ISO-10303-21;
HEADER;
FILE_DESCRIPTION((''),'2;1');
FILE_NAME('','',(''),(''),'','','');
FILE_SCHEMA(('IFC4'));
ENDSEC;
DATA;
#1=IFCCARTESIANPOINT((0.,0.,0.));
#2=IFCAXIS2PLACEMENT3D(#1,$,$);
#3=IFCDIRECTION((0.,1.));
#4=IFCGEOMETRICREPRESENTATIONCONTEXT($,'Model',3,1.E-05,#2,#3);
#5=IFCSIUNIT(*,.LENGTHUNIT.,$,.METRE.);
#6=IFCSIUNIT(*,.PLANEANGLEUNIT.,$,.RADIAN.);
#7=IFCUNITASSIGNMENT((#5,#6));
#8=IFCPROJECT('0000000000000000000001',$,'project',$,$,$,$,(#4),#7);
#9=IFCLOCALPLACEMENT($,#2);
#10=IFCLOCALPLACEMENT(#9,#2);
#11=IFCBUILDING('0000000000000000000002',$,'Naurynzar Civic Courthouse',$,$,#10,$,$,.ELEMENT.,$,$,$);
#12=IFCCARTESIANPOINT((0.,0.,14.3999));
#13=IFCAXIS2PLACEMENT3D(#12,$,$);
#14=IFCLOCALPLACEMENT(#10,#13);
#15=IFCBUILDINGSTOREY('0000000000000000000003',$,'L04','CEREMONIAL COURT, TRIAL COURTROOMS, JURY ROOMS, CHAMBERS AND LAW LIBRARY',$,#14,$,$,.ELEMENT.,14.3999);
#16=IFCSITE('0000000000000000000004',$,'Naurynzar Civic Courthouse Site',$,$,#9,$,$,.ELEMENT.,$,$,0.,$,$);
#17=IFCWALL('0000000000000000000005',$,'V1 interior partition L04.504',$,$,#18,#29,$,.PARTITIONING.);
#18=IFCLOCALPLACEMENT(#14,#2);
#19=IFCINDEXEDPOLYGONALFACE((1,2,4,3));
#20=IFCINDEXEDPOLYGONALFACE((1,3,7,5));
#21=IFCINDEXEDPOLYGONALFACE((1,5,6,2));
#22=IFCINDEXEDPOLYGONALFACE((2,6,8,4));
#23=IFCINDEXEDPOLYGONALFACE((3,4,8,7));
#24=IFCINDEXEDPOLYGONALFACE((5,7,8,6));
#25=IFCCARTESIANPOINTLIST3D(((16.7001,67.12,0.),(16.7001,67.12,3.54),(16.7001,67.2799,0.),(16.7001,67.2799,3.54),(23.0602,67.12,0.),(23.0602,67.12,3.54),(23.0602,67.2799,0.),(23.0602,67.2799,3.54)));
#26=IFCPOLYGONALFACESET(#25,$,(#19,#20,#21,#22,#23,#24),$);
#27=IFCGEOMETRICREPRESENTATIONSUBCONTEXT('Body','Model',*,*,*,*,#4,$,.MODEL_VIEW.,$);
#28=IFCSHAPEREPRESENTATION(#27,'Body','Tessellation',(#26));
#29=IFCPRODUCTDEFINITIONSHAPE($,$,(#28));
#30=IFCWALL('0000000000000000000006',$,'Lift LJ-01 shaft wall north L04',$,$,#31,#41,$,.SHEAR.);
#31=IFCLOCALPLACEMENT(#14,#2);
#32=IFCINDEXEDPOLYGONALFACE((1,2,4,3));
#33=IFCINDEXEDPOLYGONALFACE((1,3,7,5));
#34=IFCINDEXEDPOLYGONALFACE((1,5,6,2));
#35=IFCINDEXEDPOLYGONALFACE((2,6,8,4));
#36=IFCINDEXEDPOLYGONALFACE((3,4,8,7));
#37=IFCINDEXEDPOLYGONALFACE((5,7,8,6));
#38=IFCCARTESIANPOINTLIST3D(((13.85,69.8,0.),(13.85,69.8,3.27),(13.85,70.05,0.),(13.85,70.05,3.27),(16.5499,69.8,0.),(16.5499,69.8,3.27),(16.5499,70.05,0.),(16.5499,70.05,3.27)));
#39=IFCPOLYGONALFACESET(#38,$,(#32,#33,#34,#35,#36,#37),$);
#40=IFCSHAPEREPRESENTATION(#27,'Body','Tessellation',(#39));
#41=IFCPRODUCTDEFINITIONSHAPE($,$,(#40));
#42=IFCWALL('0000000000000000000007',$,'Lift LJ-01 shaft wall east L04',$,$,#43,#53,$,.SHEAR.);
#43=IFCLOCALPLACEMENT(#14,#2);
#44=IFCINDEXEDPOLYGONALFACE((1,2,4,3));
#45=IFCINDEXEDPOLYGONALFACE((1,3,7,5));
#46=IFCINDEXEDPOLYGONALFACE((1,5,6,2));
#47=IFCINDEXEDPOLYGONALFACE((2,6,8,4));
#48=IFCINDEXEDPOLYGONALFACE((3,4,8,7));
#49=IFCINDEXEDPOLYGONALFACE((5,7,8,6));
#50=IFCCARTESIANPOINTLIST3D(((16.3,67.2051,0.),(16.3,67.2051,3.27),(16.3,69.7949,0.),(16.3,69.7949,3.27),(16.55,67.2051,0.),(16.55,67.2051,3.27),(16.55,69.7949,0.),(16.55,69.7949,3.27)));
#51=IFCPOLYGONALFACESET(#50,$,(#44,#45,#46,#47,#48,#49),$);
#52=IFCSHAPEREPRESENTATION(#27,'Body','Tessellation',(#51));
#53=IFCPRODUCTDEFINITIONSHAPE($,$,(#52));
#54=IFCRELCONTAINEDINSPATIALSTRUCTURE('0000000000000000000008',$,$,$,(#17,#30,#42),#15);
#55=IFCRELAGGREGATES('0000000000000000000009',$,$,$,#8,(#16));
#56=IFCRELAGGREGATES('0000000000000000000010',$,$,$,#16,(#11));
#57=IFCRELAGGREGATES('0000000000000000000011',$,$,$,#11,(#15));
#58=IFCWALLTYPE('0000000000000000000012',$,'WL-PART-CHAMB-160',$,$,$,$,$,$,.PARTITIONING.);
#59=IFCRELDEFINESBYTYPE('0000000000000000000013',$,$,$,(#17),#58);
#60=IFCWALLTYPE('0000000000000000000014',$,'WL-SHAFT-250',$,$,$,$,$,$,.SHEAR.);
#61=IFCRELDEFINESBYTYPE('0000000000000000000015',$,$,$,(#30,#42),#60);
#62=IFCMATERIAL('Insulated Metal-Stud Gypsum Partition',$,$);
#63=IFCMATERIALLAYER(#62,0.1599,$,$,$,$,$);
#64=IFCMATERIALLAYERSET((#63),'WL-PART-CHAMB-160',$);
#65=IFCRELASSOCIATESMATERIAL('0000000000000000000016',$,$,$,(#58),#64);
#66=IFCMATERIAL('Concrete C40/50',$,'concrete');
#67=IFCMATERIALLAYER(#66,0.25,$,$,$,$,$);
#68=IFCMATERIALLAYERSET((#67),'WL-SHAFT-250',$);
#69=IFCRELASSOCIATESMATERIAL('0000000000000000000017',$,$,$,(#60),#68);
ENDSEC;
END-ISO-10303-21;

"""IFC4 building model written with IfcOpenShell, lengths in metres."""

from ifc_helpers import new_model, si_unit, direction, frame, frame_2d, origin, place, context, subcontext, project, spatial, rectangle, extrude, material, layer, layer_set, type_object, element, save


model = new_model("IFC4")

# Units and contexts
model_context = context("Model", 3, precision=1e-05, world=origin(), true_north=direction((0.0, 1.0)))
body_context = subcontext(model_context, "Body", "Model", "MODEL_VIEW")
ifc_project = project(units=[si_unit("LENGTHUNIT", "METRE"), si_unit("PLANEANGLEUNIT", "RADIAN")], contexts=[model_context])

# Site, building, storey
site_placement = place(None, origin())
site = spatial("IfcSite", under=ifc_project, at=site_placement, Name="Naurynzar Civic Courthouse Site", CompositionType="ELEMENT", RefElevation=0.0)
building_placement = place(site_placement, origin())
building = spatial("IfcBuilding", under=site, at=building_placement, Name="Naurynzar Civic Courthouse", CompositionType="ELEMENT")
storey_placement = place(building_placement, frame((0.0, 0.0, 14.3999)))
storey = spatial("IfcBuildingStorey", under=building, at=storey_placement, Name="L04", Description="CEREMONIAL COURT, TRIAL COURTROOMS, JURY ROOMS, CHAMBERS AND LAW LIBRARY", CompositionType="ELEMENT", Elevation=14.3999)

# Walls
ifc_material_1 = material(Name="Insulated Metal-Stud Gypsum Partition")
ifc_layer_1 = layer(ifc_material_1, 0.1599)
ifc_layer_set_1 = layer_set([ifc_layer_1], Name="WL-PART-CHAMB-160")
wall_type_1 = type_object("IfcWallType", Name="WL-PART-CHAMB-160", PredefinedType="PARTITIONING", material=ifc_layer_set_1)
wall_1_placement = place(storey_placement, frame((16.7, 67.2, 0.0), z_axis=(0.0, 0.0, 1.0), x_axis=(1.0, 0.0, 0.0)))
element("IfcWall", 1, at=wall_1_placement, inside=storey, type_object=wall_type_1, Name="V1 interior partition L04.504", PredefinedType="PARTITIONING", context=body_context, shape_type="SweptSolid", body=[
    extrude(rectangle(XDim=6.3601, YDim=0.1599, at=frame_2d((3.1802, 0.0))), origin(), (0.0, 0.0, 1.0), 3.54),
])
ifc_material_2 = material(Name="Concrete C40/50", Category="concrete")
ifc_layer_2 = layer(ifc_material_2, 0.25)
ifc_layer_set_2 = layer_set([ifc_layer_2], Name="WL-SHAFT-250")
wall_type_2 = type_object("IfcWallType", Name="WL-SHAFT-250", PredefinedType="SHEAR", material=ifc_layer_set_2)
wall_2_placement = place(storey_placement, frame((16.55, 69.925, 0.0), z_axis=(0.0, 0.0, 1.0), x_axis=(-1.0, 0.0, 0.0)))
element("IfcWall", 2, at=wall_2_placement, inside=storey, type_object=wall_type_2, Name="Lift LJ-01 shaft wall north L04", PredefinedType="SHEAR", context=body_context, shape_type="SweptSolid", body=[
    extrude(rectangle(XDim=2.7, YDim=0.25, at=frame_2d((1.3501, 0.0))), origin(), (0.0, 0.0, 1.0), 3.27),
])
wall_3_placement = place(storey_placement, frame((16.425, 67.2051, 0.0), z_axis=(0.0, 0.0, 1.0), x_axis=(0.0, 1.0, 0.0)))
element("IfcWall", 3, at=wall_3_placement, inside=storey, type_object=wall_type_2, Name="Lift LJ-01 shaft wall east L04", PredefinedType="SHEAR", context=body_context, shape_type="SweptSolid", body=[
    extrude(rectangle(XDim=2.5898, YDim=0.25, at=frame_2d((1.2949, 0.0))), origin(), (0.0, 0.0, 1.0), 3.27),
])

save(model, "model.ifc")
